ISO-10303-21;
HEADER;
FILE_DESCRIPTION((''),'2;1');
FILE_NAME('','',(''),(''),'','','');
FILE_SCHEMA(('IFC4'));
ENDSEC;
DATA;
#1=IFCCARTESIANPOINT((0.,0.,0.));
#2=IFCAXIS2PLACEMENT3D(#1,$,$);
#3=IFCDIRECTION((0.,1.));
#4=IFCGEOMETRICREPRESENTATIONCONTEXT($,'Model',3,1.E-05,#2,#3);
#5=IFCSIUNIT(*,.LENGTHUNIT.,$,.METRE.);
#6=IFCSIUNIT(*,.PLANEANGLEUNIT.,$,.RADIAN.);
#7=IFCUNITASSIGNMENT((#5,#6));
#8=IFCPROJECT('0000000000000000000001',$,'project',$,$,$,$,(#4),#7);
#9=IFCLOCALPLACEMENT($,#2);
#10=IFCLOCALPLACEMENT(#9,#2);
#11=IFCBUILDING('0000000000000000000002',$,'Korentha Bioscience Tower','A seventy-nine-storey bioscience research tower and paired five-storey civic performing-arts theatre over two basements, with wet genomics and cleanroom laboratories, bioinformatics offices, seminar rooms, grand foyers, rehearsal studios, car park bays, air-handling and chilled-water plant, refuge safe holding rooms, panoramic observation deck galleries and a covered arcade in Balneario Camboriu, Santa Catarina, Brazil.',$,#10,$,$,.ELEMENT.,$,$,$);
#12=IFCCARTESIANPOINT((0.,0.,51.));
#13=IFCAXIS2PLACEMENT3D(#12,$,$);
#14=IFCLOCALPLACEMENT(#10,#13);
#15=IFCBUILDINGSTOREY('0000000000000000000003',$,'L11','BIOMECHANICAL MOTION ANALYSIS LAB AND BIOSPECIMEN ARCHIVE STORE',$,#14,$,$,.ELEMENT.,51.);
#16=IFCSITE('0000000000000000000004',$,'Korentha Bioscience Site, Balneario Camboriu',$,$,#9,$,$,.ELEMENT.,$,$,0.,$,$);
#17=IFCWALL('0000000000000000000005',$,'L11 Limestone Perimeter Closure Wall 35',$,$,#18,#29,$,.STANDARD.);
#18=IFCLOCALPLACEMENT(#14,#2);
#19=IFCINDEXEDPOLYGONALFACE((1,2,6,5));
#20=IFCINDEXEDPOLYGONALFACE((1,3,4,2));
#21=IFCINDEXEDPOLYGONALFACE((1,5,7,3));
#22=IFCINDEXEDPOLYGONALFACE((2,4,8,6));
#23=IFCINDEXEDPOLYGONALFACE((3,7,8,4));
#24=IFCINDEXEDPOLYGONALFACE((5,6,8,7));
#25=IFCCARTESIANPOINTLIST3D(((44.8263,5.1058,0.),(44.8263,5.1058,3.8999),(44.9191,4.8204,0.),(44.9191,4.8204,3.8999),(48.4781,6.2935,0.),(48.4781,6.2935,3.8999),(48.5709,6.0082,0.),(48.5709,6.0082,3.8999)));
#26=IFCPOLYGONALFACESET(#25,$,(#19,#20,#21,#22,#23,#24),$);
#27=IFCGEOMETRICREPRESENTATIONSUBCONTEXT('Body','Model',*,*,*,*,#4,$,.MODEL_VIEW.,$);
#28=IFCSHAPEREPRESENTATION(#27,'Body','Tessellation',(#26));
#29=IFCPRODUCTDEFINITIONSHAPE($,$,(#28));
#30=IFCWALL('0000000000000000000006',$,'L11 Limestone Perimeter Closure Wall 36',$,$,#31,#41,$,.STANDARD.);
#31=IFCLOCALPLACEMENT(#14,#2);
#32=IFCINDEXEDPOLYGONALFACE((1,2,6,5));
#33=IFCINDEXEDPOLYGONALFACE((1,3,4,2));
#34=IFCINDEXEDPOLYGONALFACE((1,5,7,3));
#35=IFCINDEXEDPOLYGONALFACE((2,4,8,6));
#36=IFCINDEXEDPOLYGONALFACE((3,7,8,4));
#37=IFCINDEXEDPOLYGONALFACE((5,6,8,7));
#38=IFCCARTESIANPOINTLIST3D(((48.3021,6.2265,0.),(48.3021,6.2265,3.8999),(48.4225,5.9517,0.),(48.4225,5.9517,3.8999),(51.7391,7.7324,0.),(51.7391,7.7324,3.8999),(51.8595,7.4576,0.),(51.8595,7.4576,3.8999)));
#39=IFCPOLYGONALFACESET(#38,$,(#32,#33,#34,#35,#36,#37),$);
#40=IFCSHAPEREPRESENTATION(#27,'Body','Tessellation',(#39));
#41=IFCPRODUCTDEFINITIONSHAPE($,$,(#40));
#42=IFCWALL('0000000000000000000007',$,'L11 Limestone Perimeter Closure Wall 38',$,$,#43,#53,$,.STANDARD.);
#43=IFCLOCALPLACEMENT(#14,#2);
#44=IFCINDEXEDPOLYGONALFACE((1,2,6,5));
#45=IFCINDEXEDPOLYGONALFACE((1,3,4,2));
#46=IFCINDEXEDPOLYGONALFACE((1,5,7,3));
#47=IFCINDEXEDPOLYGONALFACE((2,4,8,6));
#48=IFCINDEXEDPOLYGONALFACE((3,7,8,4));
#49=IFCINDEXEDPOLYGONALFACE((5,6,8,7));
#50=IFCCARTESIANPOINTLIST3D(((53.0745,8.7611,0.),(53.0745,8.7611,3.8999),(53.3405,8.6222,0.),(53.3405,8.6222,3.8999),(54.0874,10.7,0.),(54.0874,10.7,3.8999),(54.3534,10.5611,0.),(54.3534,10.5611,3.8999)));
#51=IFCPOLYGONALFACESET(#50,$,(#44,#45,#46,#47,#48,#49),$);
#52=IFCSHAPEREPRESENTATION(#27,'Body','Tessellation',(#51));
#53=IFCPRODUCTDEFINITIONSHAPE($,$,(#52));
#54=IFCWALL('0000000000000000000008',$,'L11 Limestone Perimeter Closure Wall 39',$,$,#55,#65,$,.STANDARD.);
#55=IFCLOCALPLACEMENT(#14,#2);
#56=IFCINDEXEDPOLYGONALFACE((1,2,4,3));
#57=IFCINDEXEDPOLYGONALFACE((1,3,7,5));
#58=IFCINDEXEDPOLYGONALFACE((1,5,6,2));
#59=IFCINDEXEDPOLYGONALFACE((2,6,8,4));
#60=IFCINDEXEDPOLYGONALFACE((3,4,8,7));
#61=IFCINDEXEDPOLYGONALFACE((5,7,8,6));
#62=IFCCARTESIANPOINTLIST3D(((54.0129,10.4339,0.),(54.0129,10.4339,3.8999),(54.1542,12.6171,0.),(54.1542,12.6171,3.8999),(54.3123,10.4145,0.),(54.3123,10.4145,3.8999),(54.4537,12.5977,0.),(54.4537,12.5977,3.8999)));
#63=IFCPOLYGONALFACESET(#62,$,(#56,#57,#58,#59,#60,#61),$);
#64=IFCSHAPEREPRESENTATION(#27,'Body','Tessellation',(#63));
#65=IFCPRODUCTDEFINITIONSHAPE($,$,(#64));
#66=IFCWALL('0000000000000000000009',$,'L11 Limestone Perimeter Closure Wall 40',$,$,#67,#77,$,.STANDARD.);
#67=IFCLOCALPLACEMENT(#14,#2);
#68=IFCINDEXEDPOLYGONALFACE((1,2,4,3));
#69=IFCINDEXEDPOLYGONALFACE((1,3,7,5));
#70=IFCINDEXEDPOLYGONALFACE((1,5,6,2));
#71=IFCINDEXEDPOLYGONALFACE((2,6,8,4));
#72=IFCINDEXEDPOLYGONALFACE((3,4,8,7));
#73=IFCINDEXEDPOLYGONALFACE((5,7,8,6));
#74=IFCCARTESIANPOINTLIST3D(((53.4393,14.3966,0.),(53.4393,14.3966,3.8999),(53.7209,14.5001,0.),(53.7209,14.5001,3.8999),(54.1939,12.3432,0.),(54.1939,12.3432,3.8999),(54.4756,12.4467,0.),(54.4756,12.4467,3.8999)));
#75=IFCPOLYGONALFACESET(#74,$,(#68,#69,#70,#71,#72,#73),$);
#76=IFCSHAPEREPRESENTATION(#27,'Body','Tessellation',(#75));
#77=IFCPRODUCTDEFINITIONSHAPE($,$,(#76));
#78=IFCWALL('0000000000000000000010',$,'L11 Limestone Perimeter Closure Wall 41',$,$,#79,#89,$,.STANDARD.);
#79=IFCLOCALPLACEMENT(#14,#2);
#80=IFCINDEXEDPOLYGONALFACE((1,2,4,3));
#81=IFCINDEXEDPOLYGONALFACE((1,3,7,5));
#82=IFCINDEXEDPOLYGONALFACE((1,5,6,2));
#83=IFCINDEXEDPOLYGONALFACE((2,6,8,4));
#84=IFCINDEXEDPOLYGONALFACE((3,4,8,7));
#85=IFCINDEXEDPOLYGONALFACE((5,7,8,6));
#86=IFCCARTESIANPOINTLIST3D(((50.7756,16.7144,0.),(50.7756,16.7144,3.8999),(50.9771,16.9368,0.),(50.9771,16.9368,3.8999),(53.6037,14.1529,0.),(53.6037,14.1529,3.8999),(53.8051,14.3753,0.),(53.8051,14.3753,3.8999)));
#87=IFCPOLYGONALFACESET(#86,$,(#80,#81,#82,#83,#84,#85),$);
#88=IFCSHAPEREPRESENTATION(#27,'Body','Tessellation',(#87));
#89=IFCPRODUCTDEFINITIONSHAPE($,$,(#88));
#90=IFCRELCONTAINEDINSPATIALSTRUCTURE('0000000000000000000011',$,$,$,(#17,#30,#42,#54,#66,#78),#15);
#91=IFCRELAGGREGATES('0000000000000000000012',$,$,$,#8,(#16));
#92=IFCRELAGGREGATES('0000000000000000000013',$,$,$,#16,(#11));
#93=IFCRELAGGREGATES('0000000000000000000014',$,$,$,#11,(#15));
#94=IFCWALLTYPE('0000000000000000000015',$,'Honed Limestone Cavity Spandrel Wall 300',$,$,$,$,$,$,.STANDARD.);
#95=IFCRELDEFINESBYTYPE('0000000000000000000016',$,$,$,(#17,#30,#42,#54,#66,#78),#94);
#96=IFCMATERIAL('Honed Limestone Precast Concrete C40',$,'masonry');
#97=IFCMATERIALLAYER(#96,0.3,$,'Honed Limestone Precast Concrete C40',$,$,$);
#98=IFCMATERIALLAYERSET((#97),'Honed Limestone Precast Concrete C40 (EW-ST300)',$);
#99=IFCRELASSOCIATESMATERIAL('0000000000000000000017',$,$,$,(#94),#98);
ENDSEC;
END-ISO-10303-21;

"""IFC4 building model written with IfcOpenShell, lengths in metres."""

from ifc_helpers import new_model, si_unit, direction, frame, frame_2d, origin, place, context, subcontext, project, spatial, rectangle, extrude, material, layer, layer_set, type_object, element, save


model = new_model("IFC4")

# Units and contexts
model_context = context("Model", 3, precision=1e-05, world=origin(), true_north=direction((0.0, 1.0)))
body_context = subcontext(model_context, "Body", "Model", "MODEL_VIEW")
ifc_project = project(units=[si_unit("LENGTHUNIT", "METRE"), si_unit("PLANEANGLEUNIT", "RADIAN")], contexts=[model_context])

# Site, building, storey
site_placement = place(None, origin())
site = spatial("IfcSite", under=ifc_project, at=site_placement, Name="Korentha Bioscience Site, Balneario Camboriu", CompositionType="ELEMENT", RefElevation=0.0)
building_placement = place(site_placement, origin())
building = spatial("IfcBuilding", under=site, at=building_placement, Name="Korentha Bioscience Tower", Description="A seventy-nine-storey bioscience research tower and paired five-storey civic performing-arts theatre over two basements, with wet genomics and cleanroom laboratories, bioinformatics offices, seminar rooms, grand foyers, rehearsal studios, car park bays, air-handling and chilled-water plant, refuge safe holding rooms, panoramic observation deck galleries and a covered arcade in Balneario Camboriu, Santa Catarina, Brazil.", CompositionType="ELEMENT")
storey_placement = place(building_placement, frame((0.0, 0.0, 51.0)))
storey = spatial("IfcBuildingStorey", under=building, at=storey_placement, Name="L11", Description="BIOMECHANICAL MOTION ANALYSIS LAB AND BIOSPECIMEN ARCHIVE STORE", CompositionType="ELEMENT", Elevation=51.0)

# Walls
ifc_material_1 = material(Name="Honed Limestone Precast Concrete C40", Category="masonry")
ifc_layer_1 = layer(ifc_material_1, 0.3, Name="Honed Limestone Precast Concrete C40")
ifc_layer_set_1 = layer_set([ifc_layer_1], Name="Honed Limestone Precast Concrete C40 (EW-ST300)")
wall_type_1 = type_object("IfcWallType", Name="Honed Limestone Cavity Spandrel Wall 300", PredefinedType="STANDARD", material=ifc_layer_set_1)
wall_1_placement = place(storey_placement, frame((44.8728, 4.9631, 0.0), z_axis=(0.0, 0.0, 1.0), x_axis=(0.950966, 0.309296, 0.0)))
element("IfcWall", 1, at=wall_1_placement, inside=storey, type_object=wall_type_1, Name="L11 Limestone Perimeter Closure Wall 35", PredefinedType="STANDARD", context=body_context, shape_type="SweptSolid", body=[
    extrude(rectangle(XDim=3.8401, YDim=0.3, at=frame_2d((1.9199, 0.0))), origin(), (0.0, 0.0, 1.0), 3.8999),
])
wall_2_placement = place(storey_placement, frame((48.3623, 6.0891, 0.0), z_axis=(0.0, 0.0, 1.0), x_axis=(0.915945, 0.401303, 0.0)))
element("IfcWall", 2, at=wall_2_placement, inside=storey, type_object=wall_type_1, Name="L11 Limestone Perimeter Closure Wall 36", PredefinedType="STANDARD", context=body_context, shape_type="SweptSolid", body=[
    extrude(rectangle(XDim=3.7524, YDim=0.3, at=frame_2d((1.8762, 0.0))), origin(), (0.0, 0.0, 1.0), 3.8999),
])
wall_3_placement = place(storey_placement, frame((53.2075, 8.6917, 0.0), z_axis=(0.0, 0.0, 1.0), x_axis=(0.463035, 0.88634, 0.0)))
element("IfcWall", 3, at=wall_3_placement, inside=storey, type_object=wall_type_1, Name="L11 Limestone Perimeter Closure Wall 38", PredefinedType="STANDARD", context=body_context, shape_type="SweptSolid", body=[
    extrude(rectangle(XDim=2.1875, YDim=0.3, at=frame_2d((1.0938, 0.0))), origin(), (0.0, 0.0, 1.0), 3.8999),
])
for number, where, z_axis, x_axis, name in (
    (4, (54.1626, 10.4243, 0.0), (0.0, 0.0, 1.0), (0.064615, 0.99791, 0.0), "L11 Limestone Perimeter Closure Wall 39"),
    (5, (54.3347, 12.395, 0.0), (0.0, 0.0, 1.0), (-0.34494, 0.938625, 0.0), "L11 Limestone Perimeter Closure Wall 40"),
):
    element("IfcWall", number, at=place(storey_placement, frame(where, z_axis=z_axis, x_axis=x_axis)), inside=storey, type_object=wall_type_1, Name=name, PredefinedType="STANDARD", context=body_context, shape_type="SweptSolid", body=[
        extrude(rectangle(XDim=2.1877, YDim=0.3, at=frame_2d((1.0938, 0.0))), origin(), (0.0, 0.0, 1.0), 3.8999),
    ])
wall_4_placement = place(storey_placement, frame((53.7043, 14.2642, 0.0), z_axis=(0.0, 0.0, 1.0), x_axis=(-0.741178, 0.671309, 0.0)))
element("IfcWall", 6, at=wall_4_placement, inside=storey, type_object=wall_type_1, Name="L11 Limestone Perimeter Closure Wall 41", PredefinedType="STANDARD", context=body_context, shape_type="SweptSolid", body=[
    extrude(rectangle(XDim=3.8157, YDim=0.3, at=frame_2d((1.9077, 0.0))), origin(), (0.0, 0.0, 1.0), 3.8999),
])

save(model, "model.ifc")
